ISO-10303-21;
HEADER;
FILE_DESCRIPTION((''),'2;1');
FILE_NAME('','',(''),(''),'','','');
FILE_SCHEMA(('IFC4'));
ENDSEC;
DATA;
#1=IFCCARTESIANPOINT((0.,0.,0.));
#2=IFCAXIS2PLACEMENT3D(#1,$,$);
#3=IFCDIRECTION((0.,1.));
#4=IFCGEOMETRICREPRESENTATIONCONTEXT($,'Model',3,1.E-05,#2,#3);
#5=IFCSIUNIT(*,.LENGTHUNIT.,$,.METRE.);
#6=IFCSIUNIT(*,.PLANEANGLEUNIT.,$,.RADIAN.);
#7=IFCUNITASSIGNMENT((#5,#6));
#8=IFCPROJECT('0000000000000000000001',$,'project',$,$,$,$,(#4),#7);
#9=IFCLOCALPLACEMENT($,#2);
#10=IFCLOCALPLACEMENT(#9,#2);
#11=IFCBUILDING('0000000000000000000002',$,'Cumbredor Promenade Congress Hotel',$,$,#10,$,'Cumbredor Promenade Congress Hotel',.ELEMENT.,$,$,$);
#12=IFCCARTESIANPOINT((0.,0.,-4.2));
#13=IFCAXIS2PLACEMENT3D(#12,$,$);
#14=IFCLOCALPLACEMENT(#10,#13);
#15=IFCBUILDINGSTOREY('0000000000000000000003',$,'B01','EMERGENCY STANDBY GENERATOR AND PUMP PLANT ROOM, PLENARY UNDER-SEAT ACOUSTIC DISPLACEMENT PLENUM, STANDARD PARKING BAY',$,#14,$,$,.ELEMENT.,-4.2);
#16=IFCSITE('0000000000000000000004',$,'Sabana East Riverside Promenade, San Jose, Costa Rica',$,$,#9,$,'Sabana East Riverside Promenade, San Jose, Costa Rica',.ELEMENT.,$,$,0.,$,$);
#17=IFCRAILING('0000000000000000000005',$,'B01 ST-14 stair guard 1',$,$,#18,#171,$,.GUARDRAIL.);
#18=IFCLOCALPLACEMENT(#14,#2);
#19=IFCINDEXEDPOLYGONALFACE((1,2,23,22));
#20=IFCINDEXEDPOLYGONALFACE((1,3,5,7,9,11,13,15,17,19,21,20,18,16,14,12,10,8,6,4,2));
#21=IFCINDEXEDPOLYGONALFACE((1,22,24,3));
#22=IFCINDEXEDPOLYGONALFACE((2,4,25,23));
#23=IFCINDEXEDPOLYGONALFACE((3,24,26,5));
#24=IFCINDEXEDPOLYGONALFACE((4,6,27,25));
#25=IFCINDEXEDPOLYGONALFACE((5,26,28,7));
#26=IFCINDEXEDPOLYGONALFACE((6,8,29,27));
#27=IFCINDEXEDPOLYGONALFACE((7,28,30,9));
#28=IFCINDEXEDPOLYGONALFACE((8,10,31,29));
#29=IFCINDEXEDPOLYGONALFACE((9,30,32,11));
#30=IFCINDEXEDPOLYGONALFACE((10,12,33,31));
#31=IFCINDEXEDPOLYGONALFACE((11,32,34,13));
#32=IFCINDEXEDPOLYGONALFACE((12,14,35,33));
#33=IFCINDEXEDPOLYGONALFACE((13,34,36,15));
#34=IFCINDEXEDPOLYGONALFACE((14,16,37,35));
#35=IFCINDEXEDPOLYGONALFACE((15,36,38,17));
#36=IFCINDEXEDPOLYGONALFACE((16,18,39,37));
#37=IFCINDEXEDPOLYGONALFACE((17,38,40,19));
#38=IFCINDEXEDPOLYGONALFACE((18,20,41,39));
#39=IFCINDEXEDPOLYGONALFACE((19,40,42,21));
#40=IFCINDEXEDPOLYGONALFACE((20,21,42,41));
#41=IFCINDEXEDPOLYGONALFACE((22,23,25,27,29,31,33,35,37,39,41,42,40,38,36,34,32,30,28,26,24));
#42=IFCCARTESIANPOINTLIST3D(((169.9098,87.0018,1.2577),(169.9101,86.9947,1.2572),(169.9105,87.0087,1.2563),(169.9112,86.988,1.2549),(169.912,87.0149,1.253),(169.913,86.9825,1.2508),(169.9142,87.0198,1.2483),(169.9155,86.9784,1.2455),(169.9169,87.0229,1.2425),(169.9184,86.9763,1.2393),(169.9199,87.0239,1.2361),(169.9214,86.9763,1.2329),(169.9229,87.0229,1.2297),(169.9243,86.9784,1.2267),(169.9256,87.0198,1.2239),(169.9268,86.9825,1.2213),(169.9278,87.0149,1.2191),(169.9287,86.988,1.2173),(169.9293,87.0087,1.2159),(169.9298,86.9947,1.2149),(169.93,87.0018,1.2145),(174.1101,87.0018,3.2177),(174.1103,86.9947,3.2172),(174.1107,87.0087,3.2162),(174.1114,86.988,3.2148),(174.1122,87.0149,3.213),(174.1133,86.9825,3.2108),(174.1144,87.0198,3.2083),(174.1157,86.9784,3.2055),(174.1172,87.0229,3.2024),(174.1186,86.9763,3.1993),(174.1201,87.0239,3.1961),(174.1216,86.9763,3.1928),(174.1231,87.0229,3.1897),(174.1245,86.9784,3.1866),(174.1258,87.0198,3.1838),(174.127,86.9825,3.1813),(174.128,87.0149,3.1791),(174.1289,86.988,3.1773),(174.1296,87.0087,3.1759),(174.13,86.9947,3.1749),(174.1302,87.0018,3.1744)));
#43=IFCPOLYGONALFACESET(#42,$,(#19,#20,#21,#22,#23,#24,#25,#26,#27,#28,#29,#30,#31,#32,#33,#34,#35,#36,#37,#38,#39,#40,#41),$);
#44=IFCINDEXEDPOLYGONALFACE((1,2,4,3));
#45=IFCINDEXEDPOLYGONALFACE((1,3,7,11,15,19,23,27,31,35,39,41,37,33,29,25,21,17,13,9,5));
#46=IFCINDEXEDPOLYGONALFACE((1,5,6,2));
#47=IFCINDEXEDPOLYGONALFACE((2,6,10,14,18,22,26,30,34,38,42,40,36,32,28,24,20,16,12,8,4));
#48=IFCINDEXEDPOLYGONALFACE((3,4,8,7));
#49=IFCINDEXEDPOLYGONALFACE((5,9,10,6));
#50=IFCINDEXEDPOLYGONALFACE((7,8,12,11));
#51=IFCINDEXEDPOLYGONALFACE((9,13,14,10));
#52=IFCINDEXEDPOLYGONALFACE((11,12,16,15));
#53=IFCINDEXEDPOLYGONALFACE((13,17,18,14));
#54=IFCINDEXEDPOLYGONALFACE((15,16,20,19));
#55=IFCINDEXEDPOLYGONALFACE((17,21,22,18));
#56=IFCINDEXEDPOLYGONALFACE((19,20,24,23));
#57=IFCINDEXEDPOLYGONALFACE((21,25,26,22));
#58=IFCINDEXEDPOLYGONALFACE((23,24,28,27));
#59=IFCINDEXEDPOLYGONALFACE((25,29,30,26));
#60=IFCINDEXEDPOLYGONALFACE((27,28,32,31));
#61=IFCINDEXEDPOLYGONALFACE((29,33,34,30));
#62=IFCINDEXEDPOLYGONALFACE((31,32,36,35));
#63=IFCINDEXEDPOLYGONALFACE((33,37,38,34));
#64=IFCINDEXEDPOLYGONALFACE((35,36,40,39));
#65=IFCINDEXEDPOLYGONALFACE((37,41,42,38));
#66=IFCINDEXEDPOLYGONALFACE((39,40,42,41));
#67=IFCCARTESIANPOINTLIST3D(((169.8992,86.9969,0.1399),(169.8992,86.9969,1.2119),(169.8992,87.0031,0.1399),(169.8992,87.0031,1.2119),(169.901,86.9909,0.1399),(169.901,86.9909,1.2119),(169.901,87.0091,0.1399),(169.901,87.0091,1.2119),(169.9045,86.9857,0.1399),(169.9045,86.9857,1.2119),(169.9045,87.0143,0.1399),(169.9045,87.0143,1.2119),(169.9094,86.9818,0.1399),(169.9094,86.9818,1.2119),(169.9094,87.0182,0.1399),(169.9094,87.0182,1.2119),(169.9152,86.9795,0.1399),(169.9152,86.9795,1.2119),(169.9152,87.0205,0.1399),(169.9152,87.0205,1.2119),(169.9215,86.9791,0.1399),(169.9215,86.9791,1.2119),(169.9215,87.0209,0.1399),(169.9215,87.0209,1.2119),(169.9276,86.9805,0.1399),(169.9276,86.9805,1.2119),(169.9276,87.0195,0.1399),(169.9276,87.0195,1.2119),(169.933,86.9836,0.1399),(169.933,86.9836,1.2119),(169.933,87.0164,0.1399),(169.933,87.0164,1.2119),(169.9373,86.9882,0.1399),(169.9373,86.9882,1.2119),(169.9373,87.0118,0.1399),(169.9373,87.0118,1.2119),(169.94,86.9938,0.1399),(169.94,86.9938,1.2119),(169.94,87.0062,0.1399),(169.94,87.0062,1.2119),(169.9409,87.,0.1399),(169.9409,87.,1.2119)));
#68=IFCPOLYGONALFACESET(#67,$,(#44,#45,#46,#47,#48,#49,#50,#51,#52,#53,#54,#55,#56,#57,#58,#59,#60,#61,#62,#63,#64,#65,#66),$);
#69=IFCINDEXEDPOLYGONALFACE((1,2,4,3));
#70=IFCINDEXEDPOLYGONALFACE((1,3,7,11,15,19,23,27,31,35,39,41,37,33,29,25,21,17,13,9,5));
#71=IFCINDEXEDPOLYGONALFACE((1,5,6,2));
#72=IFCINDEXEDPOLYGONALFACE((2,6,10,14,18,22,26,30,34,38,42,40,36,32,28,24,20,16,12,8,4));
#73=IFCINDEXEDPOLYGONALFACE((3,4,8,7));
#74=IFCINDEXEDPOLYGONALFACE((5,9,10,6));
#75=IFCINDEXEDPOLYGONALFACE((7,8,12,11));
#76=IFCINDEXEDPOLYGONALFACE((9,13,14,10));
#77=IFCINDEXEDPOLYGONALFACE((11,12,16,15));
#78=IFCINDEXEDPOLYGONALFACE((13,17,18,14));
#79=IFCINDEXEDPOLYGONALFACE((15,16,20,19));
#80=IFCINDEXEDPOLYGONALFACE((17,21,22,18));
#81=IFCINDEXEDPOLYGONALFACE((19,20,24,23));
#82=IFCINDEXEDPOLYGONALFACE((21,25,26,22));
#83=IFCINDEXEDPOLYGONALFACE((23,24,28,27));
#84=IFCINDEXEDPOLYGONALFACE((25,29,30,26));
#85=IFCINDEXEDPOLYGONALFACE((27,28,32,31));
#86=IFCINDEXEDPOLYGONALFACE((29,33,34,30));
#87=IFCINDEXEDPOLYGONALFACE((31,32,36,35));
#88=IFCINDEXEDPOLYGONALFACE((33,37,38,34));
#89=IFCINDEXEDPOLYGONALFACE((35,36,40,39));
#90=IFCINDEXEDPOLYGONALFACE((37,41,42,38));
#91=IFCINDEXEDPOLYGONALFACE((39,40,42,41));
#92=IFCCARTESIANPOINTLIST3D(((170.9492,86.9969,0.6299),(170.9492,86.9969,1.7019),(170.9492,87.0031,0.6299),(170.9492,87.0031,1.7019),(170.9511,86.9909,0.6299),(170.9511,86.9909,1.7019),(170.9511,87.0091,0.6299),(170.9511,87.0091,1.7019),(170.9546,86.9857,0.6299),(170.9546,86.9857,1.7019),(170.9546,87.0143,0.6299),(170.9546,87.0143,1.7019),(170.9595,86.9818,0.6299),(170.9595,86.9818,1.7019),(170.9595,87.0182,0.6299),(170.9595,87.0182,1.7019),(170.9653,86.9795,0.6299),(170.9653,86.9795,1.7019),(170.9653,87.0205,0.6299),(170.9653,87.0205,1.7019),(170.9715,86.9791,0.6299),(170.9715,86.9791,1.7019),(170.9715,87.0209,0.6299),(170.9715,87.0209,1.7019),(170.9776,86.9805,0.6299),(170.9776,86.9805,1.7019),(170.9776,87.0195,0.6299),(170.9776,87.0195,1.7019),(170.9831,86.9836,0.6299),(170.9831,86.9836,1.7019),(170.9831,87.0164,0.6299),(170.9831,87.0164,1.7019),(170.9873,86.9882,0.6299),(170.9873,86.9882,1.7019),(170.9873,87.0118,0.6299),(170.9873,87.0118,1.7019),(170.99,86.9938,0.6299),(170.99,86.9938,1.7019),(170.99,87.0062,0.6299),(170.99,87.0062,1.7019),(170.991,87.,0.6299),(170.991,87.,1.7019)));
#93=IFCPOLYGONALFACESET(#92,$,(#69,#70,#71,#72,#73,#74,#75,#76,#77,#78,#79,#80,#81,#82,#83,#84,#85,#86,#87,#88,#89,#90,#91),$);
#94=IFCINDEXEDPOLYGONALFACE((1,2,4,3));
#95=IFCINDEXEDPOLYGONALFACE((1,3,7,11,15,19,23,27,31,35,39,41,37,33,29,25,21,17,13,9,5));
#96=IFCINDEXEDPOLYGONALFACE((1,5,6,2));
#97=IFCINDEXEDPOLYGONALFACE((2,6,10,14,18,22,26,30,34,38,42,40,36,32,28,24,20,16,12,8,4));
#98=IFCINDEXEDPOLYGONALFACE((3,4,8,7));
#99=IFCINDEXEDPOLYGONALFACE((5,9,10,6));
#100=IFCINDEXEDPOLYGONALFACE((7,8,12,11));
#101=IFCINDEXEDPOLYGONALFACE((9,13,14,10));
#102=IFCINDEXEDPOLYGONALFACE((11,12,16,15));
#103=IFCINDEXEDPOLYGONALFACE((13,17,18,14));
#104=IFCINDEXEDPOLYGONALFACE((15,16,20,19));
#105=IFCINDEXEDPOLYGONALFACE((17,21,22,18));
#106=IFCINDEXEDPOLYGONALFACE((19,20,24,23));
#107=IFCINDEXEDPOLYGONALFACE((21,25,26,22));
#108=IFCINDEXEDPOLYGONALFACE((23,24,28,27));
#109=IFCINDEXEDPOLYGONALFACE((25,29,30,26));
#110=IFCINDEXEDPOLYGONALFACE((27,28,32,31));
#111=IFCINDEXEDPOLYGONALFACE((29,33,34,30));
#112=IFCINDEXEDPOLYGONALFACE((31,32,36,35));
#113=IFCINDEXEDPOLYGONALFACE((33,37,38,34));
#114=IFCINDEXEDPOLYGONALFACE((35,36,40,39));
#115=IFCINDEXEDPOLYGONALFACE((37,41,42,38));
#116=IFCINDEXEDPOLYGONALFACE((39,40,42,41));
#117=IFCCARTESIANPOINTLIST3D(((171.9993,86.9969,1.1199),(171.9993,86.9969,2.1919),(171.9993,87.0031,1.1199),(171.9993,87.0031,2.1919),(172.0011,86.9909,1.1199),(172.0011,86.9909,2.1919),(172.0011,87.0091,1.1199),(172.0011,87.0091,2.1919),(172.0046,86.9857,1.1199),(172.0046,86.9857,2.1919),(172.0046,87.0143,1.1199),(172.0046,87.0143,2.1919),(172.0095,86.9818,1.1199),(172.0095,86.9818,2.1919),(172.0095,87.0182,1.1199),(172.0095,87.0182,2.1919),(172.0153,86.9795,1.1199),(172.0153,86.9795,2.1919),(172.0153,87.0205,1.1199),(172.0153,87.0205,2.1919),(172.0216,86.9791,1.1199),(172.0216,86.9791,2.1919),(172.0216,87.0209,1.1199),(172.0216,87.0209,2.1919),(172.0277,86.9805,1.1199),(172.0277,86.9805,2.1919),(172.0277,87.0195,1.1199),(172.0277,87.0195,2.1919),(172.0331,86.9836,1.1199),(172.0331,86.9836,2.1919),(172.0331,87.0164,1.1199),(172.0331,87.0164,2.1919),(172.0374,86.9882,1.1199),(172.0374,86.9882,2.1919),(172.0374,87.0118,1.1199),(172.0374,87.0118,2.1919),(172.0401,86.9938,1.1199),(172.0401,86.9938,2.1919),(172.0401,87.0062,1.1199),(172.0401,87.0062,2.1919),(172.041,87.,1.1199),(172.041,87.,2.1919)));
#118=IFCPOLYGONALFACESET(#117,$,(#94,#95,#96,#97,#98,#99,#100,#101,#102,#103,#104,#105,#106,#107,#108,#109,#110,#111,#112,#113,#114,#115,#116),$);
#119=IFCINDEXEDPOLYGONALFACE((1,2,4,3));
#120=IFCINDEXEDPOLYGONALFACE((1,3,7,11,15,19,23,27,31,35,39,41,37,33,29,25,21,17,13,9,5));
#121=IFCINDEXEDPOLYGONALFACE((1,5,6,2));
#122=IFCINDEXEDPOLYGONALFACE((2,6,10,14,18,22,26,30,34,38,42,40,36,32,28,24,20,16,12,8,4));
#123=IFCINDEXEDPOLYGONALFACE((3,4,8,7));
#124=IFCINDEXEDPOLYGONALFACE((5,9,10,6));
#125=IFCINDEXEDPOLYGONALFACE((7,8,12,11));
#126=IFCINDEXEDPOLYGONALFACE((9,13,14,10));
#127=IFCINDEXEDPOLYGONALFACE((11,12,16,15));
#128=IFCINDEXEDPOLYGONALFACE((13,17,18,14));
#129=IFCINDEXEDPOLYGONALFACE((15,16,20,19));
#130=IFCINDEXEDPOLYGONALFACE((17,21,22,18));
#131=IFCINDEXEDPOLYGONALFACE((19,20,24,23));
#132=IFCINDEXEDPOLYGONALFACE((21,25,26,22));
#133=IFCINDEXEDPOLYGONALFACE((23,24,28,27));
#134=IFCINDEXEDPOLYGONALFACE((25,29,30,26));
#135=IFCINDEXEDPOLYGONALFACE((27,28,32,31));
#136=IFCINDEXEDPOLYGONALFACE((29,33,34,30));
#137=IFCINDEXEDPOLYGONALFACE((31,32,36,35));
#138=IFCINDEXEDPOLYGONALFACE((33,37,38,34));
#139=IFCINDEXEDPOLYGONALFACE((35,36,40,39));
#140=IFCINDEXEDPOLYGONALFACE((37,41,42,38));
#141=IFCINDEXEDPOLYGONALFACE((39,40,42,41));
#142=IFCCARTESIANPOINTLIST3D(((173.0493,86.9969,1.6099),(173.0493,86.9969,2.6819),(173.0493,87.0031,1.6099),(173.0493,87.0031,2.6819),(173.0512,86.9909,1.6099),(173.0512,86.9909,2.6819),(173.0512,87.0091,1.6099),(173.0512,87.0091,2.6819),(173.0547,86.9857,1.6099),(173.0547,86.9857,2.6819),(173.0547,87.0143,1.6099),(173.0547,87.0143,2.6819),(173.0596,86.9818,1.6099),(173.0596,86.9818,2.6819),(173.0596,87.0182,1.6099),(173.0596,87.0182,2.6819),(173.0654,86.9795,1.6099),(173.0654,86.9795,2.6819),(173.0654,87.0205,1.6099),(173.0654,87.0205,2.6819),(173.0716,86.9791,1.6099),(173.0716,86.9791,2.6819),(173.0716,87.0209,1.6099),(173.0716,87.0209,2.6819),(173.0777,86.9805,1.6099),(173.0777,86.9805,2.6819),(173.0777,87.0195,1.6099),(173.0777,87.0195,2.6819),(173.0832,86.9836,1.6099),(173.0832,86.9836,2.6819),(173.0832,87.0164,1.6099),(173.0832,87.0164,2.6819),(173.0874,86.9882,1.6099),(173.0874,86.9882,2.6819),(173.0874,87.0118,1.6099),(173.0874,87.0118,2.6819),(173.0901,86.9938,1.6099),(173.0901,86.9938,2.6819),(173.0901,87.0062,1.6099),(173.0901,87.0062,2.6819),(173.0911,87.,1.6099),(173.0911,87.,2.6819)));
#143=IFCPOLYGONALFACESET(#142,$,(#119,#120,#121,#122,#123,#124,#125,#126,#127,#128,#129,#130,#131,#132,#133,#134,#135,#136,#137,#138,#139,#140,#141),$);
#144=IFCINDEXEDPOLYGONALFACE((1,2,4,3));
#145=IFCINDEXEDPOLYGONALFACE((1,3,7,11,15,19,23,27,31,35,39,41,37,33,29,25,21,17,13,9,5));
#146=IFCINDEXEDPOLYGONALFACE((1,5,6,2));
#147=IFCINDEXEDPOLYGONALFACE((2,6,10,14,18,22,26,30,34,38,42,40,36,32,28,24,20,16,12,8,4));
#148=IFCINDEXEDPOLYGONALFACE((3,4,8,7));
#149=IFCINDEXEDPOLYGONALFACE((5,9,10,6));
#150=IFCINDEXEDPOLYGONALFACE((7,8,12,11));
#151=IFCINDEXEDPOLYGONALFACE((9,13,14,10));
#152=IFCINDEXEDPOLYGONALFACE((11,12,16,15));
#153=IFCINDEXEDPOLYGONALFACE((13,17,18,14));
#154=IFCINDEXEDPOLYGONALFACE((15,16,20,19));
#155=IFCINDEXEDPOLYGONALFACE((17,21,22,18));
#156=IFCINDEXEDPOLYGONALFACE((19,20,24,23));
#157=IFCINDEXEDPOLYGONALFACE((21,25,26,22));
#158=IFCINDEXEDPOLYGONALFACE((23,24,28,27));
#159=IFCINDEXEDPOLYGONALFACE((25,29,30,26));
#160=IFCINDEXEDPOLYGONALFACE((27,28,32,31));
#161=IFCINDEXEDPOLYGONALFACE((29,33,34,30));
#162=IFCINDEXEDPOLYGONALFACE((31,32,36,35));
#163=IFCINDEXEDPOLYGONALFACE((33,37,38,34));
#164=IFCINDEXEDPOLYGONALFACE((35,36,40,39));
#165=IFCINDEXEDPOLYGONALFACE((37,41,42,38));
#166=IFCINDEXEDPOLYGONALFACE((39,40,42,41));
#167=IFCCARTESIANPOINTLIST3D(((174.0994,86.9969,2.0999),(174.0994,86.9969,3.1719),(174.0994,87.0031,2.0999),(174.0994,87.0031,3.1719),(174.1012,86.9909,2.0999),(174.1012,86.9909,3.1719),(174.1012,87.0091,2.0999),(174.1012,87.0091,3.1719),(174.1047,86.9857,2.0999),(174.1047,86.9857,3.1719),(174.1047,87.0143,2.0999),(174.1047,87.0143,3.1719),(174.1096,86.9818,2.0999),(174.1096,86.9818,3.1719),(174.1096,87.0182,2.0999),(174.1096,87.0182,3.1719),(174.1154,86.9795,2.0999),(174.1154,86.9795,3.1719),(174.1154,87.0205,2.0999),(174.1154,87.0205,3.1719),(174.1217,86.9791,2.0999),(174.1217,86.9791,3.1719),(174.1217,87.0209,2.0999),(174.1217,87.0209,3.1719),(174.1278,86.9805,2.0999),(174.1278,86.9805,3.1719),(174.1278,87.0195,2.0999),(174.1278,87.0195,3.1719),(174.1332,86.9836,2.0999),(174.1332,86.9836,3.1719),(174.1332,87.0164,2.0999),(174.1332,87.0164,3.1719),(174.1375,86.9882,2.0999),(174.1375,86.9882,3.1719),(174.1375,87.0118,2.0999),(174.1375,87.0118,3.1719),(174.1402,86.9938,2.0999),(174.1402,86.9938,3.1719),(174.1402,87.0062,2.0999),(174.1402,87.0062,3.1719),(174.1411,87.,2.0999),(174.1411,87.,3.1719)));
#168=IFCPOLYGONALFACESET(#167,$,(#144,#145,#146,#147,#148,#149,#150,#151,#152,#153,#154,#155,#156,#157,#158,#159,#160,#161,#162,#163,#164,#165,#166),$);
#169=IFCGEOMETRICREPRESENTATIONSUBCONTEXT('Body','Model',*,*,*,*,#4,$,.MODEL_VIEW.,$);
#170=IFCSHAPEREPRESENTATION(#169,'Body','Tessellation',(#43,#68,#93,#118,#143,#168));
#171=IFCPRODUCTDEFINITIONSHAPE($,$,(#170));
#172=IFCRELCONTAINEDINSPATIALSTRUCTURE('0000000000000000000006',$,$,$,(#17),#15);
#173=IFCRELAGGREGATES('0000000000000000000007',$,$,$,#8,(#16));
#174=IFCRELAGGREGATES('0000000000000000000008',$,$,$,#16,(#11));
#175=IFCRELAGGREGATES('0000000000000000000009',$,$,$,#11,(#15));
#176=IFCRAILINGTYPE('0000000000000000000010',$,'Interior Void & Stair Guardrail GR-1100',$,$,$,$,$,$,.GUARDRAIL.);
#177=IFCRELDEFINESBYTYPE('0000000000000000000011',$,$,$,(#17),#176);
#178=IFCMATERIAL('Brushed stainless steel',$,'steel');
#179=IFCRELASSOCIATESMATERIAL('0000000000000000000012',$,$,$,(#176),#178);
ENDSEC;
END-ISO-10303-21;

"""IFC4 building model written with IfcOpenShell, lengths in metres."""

from ifc_helpers import new_model, si_unit, direction, frame, origin, origin_2d, place, context, subcontext, project, spatial, circle, extrude, material, type_object, element, save


model = new_model("IFC4")

# Units and contexts
model_context = context("Model", 3, precision=1e-05, world=origin(), true_north=direction((0.0, 1.0)))
body_context = subcontext(model_context, "Body", "Model", "MODEL_VIEW")
ifc_project = project(units=[si_unit("LENGTHUNIT", "METRE"), si_unit("PLANEANGLEUNIT", "RADIAN")], contexts=[model_context])

# Site, building, storey
site_placement = place(None, origin())
site = spatial("IfcSite", under=ifc_project, at=site_placement, Name="Sabana East Riverside Promenade, San Jose, Costa Rica", LongName="Sabana East Riverside Promenade, San Jose, Costa Rica", CompositionType="ELEMENT", RefElevation=0.0)
building_placement = place(site_placement, origin())
building = spatial("IfcBuilding", under=site, at=building_placement, Name="Cumbredor Promenade Congress Hotel", LongName="Cumbredor Promenade Congress Hotel", CompositionType="ELEMENT")
storey_placement = place(building_placement, frame((0.0, 0.0, -4.2)))
storey = spatial("IfcBuildingStorey", under=building, at=storey_placement, Name="B01", Description="EMERGENCY STANDBY GENERATOR AND PUMP PLANT ROOM, PLENARY UNDER-SEAT ACOUSTIC DISPLACEMENT PLENUM, STANDARD PARKING BAY", CompositionType="ELEMENT", Elevation=-4.2)

# Railing
ifc_material_1 = material(Name="Brushed stainless steel", Category="steel")
railing_type_1 = type_object("IfcRailingType", Name="Interior Void & Stair Guardrail GR-1100", PredefinedType="GUARDRAIL", material=ifc_material_1)
railing_1_placement = place(storey_placement, frame((169.9199, 87.0, 0.1399)))
element("IfcRailing", 1, at=railing_1_placement, inside=storey, type_object=railing_type_1, Name="B01 ST-14 stair guard 1", PredefinedType="GUARDRAIL", context=body_context, shape_type="SweptSolid", body=[
    extrude(circle(Radius=0.0239, at=origin_2d()), frame((0.0, 0.0, 1.0962), z_axis=(0.906194, 0.0, 0.422862), x_axis=(0.0, 1.0, 0.0)), (0.0, 0.0, 1.0), 4.635),
    extrude(circle(Radius=0.021, at=origin_2d()), origin(), (0.0, 0.0, 1.0), 1.072),
    extrude(circle(Radius=0.021, at=origin_2d()), frame((1.05, 0.0, 0.49)), (0.0, 0.0, 1.0), 1.072),
    extrude(circle(Radius=0.021, at=origin_2d()), frame((2.1001, 0.0, 0.98)), (0.0, 0.0, 1.0), 1.072),
    extrude(circle(Radius=0.021, at=origin_2d()), frame((3.1501, 0.0, 1.47)), (0.0, 0.0, 1.0), 1.072),
    extrude(circle(Radius=0.021, at=origin_2d()), frame((4.2002, 0.0, 1.96)), (0.0, 0.0, 1.0), 1.072),
])

save(model, "model.ifc")
